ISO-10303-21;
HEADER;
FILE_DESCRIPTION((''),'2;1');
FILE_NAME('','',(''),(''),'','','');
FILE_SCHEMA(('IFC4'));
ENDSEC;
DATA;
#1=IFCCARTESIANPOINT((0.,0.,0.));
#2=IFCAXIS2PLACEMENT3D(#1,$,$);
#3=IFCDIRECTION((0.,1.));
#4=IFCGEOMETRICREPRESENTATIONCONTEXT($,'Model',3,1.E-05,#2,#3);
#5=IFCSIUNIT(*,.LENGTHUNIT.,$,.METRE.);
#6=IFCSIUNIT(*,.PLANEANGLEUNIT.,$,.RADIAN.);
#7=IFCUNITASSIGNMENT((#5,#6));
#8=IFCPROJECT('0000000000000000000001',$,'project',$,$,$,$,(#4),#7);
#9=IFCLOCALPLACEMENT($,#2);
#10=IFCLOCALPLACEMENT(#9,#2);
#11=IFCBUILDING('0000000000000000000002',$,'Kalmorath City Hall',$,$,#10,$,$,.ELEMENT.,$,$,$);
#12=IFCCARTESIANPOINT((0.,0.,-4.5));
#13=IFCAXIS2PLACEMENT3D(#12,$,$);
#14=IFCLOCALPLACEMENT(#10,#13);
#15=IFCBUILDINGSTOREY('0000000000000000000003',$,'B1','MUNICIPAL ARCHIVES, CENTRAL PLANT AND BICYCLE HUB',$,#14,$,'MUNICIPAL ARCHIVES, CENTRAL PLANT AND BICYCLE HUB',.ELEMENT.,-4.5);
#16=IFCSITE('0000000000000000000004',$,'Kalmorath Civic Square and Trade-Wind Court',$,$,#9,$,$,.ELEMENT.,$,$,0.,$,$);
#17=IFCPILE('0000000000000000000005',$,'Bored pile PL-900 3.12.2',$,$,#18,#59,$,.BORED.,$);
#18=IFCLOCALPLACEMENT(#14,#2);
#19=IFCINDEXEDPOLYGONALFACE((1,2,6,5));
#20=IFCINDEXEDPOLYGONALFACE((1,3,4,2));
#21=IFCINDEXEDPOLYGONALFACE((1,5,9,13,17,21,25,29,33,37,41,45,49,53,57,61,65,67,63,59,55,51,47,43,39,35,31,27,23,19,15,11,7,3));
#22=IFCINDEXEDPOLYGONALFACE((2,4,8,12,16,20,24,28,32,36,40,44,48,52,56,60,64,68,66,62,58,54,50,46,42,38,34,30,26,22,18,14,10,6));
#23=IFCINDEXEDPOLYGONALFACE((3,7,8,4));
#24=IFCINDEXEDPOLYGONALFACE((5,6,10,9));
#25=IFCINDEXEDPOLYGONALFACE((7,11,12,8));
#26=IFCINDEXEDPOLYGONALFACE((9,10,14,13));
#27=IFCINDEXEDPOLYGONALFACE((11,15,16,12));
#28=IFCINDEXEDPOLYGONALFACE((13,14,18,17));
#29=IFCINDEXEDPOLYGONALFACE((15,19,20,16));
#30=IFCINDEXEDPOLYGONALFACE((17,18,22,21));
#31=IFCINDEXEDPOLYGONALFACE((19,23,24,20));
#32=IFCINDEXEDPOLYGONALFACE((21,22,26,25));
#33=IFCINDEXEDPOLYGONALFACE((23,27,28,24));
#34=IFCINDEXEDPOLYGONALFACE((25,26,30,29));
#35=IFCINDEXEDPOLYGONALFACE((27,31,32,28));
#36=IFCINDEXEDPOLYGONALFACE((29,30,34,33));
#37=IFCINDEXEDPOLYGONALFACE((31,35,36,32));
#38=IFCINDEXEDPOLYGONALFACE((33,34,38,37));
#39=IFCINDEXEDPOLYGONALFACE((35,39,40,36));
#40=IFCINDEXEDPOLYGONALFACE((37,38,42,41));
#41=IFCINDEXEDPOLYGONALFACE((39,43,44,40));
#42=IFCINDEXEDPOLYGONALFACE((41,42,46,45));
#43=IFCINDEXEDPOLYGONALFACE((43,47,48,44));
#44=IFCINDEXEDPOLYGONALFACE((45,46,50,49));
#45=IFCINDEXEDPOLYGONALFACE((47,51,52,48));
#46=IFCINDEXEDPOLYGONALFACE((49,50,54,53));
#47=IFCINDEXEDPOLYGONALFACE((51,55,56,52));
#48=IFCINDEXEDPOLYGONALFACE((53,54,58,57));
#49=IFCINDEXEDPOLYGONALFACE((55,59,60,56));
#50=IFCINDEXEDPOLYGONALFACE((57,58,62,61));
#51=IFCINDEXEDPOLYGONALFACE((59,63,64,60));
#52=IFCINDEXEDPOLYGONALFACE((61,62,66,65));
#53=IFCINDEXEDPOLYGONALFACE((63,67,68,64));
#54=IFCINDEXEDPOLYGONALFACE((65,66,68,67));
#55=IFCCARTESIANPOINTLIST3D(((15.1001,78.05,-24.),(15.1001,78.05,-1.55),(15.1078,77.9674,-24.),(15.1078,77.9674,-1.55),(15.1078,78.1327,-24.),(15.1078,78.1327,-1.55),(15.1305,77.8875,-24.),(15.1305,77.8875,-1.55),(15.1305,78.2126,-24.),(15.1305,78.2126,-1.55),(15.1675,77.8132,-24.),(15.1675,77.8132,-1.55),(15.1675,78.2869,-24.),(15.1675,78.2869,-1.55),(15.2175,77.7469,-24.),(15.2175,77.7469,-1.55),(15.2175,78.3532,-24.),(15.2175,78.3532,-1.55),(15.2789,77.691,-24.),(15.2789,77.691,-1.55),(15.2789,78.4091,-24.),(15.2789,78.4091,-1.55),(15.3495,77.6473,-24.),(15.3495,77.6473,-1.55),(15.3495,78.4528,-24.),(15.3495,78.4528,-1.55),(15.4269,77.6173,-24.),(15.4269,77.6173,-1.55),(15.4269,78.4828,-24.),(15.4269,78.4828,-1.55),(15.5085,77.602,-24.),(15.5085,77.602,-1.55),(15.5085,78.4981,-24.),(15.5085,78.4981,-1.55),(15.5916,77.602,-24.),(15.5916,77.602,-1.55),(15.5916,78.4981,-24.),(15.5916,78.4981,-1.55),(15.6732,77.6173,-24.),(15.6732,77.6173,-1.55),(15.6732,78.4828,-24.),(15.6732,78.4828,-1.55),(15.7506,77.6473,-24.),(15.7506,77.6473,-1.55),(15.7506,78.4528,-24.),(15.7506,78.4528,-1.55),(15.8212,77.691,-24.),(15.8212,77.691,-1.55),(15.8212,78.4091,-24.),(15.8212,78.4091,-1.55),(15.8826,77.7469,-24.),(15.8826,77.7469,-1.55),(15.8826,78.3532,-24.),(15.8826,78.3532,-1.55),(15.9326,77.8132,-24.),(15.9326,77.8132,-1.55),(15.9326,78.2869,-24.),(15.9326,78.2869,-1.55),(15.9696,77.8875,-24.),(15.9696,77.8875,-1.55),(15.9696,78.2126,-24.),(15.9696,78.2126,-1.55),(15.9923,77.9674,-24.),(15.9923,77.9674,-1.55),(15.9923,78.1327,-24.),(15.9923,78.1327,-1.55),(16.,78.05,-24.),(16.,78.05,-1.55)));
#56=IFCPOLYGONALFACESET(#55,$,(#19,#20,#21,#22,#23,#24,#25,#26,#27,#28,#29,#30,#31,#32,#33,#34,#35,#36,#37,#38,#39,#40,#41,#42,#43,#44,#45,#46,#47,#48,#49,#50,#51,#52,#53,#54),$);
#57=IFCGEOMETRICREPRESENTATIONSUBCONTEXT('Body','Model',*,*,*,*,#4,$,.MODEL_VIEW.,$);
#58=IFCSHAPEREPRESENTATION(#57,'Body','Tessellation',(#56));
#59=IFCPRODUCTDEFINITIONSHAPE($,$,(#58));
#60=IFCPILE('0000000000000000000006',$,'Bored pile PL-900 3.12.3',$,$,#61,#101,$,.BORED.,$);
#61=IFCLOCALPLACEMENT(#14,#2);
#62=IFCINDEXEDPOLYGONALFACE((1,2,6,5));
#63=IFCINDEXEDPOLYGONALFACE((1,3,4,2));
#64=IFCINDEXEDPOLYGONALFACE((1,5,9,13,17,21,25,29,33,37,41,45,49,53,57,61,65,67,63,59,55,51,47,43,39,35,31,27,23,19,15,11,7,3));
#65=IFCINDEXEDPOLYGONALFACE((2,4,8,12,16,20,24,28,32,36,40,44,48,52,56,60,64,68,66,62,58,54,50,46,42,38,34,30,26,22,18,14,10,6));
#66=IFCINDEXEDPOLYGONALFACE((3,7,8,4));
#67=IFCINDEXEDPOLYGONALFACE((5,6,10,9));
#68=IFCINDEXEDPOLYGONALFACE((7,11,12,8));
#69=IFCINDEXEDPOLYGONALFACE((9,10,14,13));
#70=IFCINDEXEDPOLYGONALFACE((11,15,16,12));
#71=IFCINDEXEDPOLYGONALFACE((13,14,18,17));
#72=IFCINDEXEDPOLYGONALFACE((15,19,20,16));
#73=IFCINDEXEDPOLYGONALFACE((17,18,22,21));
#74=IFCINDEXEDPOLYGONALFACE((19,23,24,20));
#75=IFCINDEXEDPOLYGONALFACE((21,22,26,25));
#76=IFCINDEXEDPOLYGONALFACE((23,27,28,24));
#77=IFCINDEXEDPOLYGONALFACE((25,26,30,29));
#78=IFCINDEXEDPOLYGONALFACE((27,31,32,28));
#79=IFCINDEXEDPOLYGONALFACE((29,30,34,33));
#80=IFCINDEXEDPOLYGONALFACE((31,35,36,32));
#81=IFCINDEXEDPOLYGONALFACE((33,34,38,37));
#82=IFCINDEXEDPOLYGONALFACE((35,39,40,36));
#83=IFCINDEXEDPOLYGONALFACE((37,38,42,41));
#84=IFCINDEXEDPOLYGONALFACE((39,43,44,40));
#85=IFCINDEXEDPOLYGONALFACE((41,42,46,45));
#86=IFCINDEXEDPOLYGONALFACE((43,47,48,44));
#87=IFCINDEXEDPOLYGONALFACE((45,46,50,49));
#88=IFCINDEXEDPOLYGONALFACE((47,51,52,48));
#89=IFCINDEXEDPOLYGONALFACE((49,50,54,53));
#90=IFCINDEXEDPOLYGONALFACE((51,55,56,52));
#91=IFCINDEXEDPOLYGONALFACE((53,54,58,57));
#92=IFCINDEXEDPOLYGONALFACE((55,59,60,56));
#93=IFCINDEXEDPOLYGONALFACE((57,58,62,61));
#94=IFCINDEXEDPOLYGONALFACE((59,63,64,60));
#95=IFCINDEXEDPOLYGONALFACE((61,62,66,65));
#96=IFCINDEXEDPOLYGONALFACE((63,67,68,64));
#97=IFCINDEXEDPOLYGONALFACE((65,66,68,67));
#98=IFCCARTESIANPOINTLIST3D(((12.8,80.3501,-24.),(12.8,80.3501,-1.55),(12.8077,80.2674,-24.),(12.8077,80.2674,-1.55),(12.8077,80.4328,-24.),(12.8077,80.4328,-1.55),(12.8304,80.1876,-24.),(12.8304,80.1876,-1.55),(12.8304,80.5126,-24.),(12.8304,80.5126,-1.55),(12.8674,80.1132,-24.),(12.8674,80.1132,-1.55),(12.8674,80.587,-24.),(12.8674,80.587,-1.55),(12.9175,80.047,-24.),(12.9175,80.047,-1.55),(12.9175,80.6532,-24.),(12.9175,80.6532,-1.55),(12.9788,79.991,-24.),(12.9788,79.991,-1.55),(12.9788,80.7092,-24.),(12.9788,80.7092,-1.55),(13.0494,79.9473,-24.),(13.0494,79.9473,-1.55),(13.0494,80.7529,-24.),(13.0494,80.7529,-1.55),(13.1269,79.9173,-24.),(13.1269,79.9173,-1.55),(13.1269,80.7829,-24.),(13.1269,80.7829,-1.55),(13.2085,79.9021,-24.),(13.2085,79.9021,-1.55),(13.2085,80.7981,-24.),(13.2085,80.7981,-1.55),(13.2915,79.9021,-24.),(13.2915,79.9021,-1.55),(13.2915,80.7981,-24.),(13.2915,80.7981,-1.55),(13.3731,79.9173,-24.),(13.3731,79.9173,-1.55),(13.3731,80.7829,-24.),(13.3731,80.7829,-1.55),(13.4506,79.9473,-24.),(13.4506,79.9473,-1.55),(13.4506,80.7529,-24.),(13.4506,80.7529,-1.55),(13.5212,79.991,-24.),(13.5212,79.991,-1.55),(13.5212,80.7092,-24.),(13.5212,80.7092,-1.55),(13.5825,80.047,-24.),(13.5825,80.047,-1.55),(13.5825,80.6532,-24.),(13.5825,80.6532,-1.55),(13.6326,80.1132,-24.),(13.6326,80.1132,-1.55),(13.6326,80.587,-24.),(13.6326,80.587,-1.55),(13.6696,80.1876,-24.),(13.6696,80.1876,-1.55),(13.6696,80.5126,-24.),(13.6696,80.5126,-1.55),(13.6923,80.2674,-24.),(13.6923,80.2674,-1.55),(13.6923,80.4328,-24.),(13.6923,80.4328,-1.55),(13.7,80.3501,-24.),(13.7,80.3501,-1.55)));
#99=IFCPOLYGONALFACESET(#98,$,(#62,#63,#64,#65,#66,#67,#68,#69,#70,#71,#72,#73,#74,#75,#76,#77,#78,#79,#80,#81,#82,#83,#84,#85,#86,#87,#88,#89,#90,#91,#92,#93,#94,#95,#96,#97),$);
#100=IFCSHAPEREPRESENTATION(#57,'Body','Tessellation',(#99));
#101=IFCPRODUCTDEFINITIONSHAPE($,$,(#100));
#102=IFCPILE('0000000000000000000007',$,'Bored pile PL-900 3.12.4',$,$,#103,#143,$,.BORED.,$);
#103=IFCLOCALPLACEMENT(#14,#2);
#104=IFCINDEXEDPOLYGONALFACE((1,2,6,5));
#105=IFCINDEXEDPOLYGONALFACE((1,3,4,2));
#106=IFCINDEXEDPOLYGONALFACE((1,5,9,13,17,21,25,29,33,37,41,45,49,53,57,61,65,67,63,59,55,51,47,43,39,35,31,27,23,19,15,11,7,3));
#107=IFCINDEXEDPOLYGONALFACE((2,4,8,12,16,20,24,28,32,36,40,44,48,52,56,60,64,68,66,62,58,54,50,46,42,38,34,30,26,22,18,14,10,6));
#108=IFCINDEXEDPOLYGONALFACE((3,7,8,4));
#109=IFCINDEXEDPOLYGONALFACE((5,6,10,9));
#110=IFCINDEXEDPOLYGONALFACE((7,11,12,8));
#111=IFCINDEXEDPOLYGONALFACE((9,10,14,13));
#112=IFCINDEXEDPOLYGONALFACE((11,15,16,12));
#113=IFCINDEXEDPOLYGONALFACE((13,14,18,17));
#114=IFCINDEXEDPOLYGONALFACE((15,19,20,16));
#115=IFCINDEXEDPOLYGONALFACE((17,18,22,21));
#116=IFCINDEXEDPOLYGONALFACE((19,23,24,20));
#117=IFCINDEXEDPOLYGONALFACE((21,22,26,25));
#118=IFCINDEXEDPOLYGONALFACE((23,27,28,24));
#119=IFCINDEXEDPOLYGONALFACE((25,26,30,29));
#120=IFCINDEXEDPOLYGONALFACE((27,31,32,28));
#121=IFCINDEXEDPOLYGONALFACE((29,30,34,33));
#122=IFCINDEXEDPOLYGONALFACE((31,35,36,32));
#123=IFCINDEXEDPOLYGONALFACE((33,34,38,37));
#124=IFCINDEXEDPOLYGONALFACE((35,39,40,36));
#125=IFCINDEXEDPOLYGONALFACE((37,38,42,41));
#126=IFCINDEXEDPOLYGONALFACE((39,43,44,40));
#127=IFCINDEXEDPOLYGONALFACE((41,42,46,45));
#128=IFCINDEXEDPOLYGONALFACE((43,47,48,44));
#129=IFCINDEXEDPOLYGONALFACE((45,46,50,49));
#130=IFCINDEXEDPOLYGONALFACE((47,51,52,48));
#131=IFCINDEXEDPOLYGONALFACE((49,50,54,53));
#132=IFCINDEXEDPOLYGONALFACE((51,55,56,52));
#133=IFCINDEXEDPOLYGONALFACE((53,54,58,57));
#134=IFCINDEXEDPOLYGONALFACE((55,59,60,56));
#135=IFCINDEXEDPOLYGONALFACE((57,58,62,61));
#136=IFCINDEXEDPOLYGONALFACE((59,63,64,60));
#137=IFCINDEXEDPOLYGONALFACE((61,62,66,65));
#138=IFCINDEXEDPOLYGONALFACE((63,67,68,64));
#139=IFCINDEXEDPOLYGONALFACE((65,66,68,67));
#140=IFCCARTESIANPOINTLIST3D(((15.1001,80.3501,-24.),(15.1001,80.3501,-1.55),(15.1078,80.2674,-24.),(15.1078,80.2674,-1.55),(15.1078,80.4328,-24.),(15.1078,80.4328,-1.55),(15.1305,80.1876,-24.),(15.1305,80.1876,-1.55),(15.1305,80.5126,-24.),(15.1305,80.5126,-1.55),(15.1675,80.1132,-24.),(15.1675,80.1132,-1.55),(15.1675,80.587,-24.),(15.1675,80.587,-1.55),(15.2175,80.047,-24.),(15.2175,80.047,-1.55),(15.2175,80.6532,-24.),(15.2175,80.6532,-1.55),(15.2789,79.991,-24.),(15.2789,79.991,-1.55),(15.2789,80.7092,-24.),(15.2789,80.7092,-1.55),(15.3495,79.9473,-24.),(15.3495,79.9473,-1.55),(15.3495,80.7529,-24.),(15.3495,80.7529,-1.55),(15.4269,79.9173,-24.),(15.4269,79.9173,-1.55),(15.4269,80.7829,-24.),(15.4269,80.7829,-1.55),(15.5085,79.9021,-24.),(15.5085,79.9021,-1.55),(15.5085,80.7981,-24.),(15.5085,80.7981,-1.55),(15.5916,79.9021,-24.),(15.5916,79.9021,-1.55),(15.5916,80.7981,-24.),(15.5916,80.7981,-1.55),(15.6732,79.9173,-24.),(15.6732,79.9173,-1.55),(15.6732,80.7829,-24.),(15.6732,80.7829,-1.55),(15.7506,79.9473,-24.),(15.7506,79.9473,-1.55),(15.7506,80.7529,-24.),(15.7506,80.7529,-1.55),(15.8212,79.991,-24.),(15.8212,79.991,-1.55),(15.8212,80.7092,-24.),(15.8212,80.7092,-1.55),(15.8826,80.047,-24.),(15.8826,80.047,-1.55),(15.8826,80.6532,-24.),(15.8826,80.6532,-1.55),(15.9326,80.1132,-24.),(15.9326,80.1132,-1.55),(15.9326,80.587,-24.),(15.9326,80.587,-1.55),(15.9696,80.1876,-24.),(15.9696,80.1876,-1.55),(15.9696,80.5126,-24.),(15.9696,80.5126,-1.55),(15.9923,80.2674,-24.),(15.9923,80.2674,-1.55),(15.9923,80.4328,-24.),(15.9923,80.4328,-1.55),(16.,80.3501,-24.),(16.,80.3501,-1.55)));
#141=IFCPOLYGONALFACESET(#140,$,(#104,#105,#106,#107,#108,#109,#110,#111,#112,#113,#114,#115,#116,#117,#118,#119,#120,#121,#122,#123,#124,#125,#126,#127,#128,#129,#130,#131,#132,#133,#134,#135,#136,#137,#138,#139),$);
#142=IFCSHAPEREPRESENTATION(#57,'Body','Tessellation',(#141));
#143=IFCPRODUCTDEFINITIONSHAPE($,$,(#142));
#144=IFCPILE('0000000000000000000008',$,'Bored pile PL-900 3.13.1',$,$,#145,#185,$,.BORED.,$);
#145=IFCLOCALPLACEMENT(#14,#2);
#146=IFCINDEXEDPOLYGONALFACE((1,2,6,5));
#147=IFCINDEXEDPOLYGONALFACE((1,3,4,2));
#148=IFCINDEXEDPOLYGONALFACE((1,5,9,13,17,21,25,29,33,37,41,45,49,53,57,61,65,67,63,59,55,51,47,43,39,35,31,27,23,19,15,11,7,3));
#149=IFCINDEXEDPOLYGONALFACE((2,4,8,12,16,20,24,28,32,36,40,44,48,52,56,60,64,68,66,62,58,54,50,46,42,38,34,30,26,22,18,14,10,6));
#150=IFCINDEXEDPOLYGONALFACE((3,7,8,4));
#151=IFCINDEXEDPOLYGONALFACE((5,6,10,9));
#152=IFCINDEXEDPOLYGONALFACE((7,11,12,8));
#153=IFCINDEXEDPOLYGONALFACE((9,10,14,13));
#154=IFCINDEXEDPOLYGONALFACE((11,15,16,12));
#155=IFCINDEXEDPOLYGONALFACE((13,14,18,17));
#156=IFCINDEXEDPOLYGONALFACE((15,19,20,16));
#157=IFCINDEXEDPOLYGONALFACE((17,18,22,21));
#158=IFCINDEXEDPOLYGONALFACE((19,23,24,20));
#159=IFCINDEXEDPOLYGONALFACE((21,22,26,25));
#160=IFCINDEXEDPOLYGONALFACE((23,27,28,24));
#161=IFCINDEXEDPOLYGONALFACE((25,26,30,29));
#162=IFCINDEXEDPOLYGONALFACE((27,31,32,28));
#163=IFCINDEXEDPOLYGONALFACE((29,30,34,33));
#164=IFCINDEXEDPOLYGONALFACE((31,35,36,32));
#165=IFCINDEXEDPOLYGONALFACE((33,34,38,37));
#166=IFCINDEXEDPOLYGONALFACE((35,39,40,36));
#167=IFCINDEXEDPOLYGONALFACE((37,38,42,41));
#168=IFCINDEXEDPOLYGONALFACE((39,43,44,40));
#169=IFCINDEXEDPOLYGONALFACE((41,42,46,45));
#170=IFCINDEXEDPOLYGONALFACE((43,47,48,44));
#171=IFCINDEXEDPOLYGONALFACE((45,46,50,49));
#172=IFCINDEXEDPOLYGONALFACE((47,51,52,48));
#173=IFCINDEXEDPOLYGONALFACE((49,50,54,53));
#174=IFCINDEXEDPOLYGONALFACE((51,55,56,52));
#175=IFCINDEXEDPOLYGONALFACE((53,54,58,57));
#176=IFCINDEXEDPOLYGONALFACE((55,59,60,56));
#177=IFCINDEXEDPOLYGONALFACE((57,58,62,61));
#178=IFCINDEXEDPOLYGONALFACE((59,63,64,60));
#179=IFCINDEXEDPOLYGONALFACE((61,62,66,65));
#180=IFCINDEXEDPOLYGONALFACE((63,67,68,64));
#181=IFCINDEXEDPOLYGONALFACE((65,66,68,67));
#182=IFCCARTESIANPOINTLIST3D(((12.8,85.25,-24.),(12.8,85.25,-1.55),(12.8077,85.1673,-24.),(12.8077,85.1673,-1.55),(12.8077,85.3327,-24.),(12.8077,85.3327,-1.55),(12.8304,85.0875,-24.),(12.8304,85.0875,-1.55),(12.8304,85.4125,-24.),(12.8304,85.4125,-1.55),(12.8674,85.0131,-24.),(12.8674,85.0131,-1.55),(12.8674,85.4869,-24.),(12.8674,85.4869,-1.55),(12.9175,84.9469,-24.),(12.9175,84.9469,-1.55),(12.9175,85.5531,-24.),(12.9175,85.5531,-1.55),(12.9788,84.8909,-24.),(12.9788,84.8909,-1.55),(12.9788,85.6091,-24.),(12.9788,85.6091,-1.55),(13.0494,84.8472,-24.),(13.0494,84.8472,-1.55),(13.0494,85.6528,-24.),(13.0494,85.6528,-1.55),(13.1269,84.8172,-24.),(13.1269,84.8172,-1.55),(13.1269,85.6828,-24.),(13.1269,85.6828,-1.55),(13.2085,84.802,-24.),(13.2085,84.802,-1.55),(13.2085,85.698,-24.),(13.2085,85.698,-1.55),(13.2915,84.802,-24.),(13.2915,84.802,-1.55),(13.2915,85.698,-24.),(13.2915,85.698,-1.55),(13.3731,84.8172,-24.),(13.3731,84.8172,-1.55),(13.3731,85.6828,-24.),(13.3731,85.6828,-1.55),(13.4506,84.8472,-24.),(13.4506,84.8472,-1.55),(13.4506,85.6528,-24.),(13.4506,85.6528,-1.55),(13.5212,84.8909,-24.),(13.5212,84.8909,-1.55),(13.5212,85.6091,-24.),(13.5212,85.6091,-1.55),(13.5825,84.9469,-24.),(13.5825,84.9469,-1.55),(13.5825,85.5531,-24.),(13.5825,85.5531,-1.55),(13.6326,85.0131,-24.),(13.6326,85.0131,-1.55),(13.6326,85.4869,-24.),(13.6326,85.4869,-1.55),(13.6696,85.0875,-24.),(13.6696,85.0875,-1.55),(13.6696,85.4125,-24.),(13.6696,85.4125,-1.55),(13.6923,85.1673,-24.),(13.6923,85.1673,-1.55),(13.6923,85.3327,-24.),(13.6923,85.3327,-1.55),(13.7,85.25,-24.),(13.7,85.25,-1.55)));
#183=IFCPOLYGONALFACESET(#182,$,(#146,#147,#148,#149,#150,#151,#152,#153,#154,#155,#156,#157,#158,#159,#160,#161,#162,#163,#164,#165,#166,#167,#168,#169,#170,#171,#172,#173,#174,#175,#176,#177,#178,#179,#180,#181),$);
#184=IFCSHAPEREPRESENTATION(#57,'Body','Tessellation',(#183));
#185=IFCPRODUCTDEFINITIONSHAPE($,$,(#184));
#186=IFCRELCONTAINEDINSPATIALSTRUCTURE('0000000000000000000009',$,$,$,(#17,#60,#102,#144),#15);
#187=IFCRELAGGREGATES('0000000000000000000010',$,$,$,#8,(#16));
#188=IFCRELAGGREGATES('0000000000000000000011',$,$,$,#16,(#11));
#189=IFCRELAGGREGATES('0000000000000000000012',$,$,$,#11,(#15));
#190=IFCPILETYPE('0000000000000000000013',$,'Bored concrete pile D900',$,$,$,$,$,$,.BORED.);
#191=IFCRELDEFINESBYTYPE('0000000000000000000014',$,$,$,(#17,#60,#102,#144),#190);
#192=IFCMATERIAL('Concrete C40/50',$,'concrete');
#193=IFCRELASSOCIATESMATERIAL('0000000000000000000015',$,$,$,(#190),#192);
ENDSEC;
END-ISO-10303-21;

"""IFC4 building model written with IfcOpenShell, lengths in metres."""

from ifc_helpers import new_model, si_unit, direction, frame, origin, origin_2d, place, context, subcontext, project, spatial, circle, extrude, material, material_profile, profile_set, type_object, element, save


model = new_model("IFC4")

# Units and contexts
model_context = context("Model", 3, precision=1e-05, world=origin(), true_north=direction((0.0, 1.0)))
body_context = subcontext(model_context, "Body", "Model", "MODEL_VIEW")
ifc_project = project(units=[si_unit("LENGTHUNIT", "METRE"), si_unit("PLANEANGLEUNIT", "RADIAN")], contexts=[model_context])

# Site, building, storey
site_placement = place(None, origin())
site = spatial("IfcSite", under=ifc_project, at=site_placement, Name="Kalmorath Civic Square and Trade-Wind Court", CompositionType="ELEMENT", RefElevation=0.0)
building_placement = place(site_placement, origin())
building = spatial("IfcBuilding", under=site, at=building_placement, Name="Kalmorath City Hall", CompositionType="ELEMENT")
storey_placement = place(building_placement, frame((0.0, 0.0, -4.5)))
storey = spatial("IfcBuildingStorey", under=building, at=storey_placement, Name="B1", Description="MUNICIPAL ARCHIVES, CENTRAL PLANT AND BICYCLE HUB", LongName="MUNICIPAL ARCHIVES, CENTRAL PLANT AND BICYCLE HUB", CompositionType="ELEMENT", Elevation=-4.5)

# Piles
ifc_material_1 = material(Name="Concrete C40/50", Category="concrete")
ifc_material_profile_1 = material_profile(ifc_material_1, circle(Radius=0.45, at=origin_2d()), Name="PILE-D900")
ifc_profile_set_1 = profile_set([ifc_material_profile_1], Name="Concrete C40/50")
pile_type = type_object("IfcPileType", Name="Bored concrete pile D900", PredefinedType="BORED", material=ifc_profile_set_1)
for number, where, z_axis, x_axis, name in (
    (1, (15.55, 78.05, -1.55), (0.0, 0.0, -1.0), (1.0, 0.0, 0.0), "Bored pile PL-900 3.12.2"),
    (2, (13.25, 80.3501, -1.55), (0.0, 0.0, -1.0), (1.0, 0.0, 0.0), "Bored pile PL-900 3.12.3"),
    (3, (15.55, 80.3501, -1.55), (0.0, 0.0, -1.0), (1.0, 0.0, 0.0), "Bored pile PL-900 3.12.4"),
    (4, (13.25, 85.25, -1.55), (0.0, 0.0, -1.0), (1.0, 0.0, 0.0), "Bored pile PL-900 3.13.1"),
):
    element("IfcPile", number, at=place(storey_placement, frame(where, z_axis=z_axis, x_axis=x_axis)), inside=storey, type_object=pile_type, Name=name, PredefinedType="BORED", context=body_context, shape_type="SweptSolid", body=[
        extrude(circle(Radius=0.45, at=origin_2d()), origin(), (0.0, 0.0, 1.0), 22.45),
    ])

save(model, "model.ifc")
